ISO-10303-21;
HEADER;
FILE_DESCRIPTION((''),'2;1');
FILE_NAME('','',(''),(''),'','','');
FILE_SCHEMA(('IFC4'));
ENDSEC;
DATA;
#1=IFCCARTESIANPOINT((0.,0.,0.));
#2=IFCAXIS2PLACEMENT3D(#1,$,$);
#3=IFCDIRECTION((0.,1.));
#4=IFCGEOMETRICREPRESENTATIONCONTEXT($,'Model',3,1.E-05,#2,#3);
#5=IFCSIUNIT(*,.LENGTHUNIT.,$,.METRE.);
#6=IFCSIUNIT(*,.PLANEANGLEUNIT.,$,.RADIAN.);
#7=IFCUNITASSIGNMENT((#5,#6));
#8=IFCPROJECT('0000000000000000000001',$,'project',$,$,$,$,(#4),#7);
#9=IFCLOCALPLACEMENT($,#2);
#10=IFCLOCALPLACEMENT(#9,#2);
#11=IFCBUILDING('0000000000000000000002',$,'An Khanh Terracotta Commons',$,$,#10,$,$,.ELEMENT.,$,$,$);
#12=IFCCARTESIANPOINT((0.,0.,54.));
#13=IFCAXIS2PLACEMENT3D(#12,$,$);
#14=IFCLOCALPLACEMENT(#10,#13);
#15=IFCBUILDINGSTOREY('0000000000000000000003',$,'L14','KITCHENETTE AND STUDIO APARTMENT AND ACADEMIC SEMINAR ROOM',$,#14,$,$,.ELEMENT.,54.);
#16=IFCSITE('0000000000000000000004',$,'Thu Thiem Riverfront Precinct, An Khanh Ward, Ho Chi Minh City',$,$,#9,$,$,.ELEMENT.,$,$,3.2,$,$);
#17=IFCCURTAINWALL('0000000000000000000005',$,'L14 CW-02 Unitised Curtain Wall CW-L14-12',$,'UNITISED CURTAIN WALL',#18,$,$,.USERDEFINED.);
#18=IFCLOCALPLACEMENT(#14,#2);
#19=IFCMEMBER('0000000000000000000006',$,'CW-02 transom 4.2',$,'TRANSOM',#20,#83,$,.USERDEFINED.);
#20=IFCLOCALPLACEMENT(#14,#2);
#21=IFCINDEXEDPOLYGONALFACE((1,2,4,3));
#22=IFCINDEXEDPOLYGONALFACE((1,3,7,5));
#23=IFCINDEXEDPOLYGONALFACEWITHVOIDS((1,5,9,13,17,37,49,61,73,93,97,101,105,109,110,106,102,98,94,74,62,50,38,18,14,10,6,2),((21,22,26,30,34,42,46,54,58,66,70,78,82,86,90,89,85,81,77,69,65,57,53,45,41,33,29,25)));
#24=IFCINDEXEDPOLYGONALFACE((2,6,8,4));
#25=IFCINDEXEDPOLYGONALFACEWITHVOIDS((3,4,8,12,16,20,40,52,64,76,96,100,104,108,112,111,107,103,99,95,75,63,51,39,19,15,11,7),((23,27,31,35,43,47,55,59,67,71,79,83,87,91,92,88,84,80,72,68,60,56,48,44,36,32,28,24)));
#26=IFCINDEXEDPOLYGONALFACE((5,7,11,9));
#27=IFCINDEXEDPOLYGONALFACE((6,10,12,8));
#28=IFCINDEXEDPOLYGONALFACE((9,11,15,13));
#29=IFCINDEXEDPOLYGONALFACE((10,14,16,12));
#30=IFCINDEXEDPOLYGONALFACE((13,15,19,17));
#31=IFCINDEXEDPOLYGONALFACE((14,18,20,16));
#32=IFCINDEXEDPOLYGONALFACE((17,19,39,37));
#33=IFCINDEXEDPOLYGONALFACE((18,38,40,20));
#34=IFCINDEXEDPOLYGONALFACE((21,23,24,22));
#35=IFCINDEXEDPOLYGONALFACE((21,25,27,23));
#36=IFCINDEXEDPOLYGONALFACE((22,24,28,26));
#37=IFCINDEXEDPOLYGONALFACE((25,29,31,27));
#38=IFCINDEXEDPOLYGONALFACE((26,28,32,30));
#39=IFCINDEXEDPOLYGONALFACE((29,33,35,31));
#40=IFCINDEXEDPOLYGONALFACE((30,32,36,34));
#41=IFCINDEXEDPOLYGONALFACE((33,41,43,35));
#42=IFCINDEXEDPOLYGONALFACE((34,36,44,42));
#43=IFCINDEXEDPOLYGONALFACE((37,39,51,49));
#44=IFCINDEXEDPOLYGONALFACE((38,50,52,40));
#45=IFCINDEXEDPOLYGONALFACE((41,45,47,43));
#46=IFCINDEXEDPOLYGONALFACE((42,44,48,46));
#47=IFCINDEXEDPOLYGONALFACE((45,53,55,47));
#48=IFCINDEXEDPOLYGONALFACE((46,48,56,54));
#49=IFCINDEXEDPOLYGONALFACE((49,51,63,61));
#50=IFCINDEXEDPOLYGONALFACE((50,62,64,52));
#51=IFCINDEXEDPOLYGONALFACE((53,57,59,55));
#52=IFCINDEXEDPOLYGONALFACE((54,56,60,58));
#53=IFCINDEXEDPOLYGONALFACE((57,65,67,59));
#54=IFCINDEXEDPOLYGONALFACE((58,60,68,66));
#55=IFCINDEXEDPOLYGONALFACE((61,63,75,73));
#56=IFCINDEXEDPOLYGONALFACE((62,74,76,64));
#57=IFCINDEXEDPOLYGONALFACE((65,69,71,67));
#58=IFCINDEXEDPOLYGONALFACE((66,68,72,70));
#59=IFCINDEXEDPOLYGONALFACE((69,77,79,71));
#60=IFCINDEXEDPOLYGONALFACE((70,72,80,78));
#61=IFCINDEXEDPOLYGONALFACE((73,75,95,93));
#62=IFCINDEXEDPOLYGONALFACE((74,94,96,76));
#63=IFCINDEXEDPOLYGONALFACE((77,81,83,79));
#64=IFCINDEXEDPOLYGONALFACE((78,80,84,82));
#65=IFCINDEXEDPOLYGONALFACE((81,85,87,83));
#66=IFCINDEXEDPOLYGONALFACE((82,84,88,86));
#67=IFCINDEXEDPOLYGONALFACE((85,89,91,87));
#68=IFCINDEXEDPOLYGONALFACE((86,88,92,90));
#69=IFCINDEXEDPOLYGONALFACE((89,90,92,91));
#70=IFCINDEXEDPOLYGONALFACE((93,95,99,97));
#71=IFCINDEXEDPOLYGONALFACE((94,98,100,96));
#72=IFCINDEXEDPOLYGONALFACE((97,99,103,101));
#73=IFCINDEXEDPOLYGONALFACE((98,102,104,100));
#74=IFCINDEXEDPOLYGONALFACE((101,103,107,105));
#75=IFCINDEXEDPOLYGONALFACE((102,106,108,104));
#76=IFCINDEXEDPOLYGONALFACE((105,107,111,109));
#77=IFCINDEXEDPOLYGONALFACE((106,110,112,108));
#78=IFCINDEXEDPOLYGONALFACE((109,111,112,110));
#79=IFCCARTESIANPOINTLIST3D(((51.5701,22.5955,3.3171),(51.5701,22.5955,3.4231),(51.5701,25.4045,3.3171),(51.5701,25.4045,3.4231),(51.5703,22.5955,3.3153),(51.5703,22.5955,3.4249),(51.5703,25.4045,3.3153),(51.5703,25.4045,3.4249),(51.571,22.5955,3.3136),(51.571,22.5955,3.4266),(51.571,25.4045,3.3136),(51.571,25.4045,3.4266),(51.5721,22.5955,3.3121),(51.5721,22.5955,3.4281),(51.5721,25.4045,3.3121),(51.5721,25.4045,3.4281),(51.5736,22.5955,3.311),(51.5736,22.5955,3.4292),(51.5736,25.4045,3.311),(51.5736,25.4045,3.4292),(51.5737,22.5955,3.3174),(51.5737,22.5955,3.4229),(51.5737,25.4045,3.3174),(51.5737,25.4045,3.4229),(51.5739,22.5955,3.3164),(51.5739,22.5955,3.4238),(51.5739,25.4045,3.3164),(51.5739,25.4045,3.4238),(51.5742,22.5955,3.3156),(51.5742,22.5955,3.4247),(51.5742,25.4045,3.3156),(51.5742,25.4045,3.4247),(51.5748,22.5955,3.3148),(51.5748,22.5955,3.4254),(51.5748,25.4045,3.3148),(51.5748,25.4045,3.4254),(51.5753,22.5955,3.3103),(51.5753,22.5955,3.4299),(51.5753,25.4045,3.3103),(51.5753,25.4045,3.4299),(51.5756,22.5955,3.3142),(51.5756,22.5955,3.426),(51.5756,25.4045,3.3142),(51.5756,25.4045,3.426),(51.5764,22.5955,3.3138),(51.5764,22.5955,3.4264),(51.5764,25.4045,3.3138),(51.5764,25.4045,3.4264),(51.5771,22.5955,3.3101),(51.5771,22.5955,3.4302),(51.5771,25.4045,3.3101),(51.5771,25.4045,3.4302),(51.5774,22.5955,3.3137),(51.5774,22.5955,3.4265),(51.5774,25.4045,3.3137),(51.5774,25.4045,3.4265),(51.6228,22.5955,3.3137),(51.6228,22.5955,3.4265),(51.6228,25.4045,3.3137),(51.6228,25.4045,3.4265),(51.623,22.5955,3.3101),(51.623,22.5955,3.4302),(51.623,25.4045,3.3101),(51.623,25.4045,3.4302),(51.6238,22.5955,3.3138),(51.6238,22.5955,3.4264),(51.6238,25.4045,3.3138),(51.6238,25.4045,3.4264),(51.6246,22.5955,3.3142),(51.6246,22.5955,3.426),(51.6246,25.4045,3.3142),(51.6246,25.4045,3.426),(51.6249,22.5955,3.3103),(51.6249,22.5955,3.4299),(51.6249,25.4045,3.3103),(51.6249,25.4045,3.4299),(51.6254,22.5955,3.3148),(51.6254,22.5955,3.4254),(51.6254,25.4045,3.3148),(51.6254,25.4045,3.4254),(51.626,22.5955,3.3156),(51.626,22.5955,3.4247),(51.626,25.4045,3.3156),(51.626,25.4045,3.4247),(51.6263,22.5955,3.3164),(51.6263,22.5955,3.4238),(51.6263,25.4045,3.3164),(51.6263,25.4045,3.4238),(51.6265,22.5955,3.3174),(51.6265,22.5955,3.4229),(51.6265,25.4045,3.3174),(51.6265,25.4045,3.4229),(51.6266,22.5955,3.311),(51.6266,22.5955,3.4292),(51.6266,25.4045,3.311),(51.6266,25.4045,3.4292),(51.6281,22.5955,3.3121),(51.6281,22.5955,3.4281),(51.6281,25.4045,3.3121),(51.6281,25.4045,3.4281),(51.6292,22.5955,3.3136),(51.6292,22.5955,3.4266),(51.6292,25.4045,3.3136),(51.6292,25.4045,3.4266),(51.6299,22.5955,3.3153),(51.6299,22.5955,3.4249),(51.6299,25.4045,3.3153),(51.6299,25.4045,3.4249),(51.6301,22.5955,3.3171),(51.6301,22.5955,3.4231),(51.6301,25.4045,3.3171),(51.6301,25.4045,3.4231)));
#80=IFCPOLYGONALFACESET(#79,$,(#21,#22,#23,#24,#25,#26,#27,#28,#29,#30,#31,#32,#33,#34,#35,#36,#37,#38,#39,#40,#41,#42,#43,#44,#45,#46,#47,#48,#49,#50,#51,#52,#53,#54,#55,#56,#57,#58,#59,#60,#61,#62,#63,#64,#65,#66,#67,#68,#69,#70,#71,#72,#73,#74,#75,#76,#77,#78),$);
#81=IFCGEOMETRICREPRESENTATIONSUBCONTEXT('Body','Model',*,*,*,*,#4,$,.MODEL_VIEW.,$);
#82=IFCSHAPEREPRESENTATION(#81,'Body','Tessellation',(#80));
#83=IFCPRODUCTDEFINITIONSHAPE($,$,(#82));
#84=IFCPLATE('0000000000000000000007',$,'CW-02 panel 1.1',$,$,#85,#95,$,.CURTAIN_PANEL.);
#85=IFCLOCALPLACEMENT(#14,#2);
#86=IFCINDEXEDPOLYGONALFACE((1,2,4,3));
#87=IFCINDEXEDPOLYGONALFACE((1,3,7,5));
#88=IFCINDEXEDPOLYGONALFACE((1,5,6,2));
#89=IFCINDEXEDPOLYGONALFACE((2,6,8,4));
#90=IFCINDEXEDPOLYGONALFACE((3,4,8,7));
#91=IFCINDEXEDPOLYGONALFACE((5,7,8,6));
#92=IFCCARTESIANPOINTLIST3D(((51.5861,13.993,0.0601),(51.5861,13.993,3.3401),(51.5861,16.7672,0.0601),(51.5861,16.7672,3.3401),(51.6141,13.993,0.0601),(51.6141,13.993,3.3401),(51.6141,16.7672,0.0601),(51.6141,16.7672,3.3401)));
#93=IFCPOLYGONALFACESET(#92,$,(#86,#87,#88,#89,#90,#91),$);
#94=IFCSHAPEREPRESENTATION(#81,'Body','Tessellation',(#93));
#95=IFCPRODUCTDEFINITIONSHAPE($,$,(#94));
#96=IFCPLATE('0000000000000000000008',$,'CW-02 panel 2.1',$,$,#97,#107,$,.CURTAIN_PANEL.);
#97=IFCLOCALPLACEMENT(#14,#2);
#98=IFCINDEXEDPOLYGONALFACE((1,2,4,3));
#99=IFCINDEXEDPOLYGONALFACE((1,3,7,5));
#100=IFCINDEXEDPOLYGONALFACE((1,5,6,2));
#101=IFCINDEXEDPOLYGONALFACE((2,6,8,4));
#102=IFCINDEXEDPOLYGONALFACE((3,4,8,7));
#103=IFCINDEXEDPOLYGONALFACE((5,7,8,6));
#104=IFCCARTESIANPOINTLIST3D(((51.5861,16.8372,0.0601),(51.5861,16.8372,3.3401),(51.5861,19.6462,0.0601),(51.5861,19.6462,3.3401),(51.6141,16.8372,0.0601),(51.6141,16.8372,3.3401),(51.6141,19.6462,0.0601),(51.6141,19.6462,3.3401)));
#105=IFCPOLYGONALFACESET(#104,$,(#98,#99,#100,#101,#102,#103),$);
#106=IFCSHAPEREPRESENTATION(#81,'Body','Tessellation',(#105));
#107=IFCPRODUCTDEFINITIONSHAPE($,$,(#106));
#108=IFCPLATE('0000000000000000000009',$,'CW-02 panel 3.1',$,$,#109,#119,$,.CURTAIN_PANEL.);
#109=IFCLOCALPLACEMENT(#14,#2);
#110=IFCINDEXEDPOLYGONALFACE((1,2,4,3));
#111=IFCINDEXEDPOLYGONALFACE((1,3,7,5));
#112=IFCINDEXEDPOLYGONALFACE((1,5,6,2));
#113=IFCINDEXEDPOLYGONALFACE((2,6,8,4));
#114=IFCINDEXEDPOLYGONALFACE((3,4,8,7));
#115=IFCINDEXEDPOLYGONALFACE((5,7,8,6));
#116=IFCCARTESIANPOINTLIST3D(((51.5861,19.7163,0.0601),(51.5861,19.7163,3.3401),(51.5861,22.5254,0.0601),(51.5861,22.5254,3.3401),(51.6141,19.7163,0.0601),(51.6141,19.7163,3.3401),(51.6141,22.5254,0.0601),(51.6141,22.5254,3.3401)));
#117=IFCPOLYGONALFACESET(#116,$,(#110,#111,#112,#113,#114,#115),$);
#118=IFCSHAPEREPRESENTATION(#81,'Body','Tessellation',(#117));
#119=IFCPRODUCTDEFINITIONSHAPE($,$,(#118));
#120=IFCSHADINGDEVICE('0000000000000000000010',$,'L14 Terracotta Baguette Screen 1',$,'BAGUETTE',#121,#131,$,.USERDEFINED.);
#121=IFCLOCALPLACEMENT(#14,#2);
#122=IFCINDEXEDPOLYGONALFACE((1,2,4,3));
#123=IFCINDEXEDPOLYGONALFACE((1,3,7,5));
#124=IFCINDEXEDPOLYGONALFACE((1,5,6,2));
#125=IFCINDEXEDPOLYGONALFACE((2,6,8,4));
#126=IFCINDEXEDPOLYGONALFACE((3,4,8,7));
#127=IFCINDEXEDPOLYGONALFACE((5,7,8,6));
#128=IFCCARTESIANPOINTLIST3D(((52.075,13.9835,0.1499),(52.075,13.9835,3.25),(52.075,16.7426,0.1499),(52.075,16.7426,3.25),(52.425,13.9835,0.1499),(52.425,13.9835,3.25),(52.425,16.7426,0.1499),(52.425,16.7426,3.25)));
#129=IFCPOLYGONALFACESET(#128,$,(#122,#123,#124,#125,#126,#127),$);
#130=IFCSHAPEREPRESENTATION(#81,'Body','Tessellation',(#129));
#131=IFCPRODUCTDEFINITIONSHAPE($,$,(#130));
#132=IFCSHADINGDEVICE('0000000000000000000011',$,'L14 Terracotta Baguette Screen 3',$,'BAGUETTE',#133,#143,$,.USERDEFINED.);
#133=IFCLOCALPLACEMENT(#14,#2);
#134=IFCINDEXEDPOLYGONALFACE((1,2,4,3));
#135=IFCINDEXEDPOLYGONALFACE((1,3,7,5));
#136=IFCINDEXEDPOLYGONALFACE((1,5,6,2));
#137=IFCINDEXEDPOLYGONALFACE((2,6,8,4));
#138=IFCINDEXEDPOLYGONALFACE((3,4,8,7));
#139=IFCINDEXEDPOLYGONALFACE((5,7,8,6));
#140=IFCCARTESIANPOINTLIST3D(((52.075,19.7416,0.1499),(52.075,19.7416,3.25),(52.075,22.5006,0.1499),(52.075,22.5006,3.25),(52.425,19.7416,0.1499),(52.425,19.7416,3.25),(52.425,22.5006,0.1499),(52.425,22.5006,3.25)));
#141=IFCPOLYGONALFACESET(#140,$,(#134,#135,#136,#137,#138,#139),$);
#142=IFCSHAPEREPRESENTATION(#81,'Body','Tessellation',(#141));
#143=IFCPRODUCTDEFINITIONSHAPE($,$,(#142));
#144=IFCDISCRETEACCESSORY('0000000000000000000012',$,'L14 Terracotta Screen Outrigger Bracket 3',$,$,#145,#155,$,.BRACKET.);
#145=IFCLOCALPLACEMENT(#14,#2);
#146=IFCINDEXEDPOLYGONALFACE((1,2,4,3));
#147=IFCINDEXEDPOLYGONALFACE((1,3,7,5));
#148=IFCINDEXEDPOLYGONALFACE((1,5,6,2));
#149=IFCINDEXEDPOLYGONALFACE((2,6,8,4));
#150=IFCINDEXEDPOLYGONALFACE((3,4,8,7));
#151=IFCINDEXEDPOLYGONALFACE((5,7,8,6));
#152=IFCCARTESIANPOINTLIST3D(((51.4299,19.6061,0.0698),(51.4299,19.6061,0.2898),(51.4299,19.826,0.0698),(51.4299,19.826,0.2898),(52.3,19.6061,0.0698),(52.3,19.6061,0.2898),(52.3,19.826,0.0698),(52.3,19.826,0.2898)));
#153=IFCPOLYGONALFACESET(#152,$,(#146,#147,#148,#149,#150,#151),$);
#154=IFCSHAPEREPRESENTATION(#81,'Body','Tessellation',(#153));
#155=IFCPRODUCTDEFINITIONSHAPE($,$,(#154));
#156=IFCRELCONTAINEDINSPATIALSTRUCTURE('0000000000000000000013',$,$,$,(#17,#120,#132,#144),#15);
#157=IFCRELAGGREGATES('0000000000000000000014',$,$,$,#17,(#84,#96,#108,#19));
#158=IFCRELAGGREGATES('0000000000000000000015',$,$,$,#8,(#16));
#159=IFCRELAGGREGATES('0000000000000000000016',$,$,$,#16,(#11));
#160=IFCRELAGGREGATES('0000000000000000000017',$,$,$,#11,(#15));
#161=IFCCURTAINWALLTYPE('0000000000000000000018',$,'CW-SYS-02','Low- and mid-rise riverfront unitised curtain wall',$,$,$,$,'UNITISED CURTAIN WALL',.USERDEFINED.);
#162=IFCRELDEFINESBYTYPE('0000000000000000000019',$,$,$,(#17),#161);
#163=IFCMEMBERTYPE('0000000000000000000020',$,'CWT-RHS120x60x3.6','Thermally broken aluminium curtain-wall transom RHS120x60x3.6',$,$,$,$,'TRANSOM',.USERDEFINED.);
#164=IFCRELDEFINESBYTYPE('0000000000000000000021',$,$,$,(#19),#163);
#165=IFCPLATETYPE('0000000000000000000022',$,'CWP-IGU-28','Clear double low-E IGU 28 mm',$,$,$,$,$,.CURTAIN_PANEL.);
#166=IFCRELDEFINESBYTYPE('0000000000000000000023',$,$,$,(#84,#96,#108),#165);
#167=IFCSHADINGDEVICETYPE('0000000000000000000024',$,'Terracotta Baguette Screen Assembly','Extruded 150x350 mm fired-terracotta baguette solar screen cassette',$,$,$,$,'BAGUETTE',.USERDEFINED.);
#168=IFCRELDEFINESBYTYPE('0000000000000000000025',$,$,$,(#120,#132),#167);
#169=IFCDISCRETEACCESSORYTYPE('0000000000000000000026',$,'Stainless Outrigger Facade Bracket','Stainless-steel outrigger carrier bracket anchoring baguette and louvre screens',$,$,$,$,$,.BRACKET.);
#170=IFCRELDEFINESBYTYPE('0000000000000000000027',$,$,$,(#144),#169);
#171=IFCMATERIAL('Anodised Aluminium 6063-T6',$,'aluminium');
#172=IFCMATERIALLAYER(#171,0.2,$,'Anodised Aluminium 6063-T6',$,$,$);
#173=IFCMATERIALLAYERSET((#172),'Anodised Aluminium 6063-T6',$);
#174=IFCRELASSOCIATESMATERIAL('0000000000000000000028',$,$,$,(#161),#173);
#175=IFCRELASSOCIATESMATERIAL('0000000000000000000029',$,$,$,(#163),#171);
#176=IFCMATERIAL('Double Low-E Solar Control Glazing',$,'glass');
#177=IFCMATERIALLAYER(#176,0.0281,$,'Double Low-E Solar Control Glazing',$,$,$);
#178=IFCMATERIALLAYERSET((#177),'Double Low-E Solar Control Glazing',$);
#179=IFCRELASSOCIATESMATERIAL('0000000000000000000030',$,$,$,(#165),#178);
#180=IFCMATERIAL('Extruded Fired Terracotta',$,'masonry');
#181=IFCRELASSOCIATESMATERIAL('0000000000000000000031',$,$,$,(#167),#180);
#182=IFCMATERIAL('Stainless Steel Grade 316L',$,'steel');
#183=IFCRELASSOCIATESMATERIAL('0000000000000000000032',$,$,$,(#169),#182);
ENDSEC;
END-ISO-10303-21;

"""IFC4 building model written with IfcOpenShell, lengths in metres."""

from ifc_helpers import new_model, si_unit, direction, frame, origin, origin_2d, place, context, subcontext, project, spatial, rectangle, hollow_rectangle, extrude, material, layer, layer_set, material_profile, profile_set, type_object, element, aggregate, save


model = new_model("IFC4")

# Units and contexts
model_context = context("Model", 3, precision=1e-05, world=origin(), true_north=direction((0.0, 1.0)))
body_context = subcontext(model_context, "Body", "Model", "MODEL_VIEW")
ifc_project = project(units=[si_unit("LENGTHUNIT", "METRE"), si_unit("PLANEANGLEUNIT", "RADIAN")], contexts=[model_context])

# Site, building, storey
site_placement = place(None, origin())
site = spatial("IfcSite", under=ifc_project, at=site_placement, Name="Thu Thiem Riverfront Precinct, An Khanh Ward, Ho Chi Minh City", CompositionType="ELEMENT", RefElevation=3.2)
building_placement = place(site_placement, origin())
building = spatial("IfcBuilding", under=site, at=building_placement, Name="An Khanh Terracotta Commons", CompositionType="ELEMENT")
storey_placement = place(building_placement, frame((0.0, 0.0, 54.0)))
storey = spatial("IfcBuildingStorey", under=building, at=storey_placement, Name="L14", Description="KITCHENETTE AND STUDIO APARTMENT AND ACADEMIC SEMINAR ROOM", CompositionType="ELEMENT", Elevation=54.0)

# Curtain wall, member, plates
ifc_material_1 = material(Name="Anodised Aluminium 6063-T6", Category="aluminium")
ifc_layer_1 = layer(ifc_material_1, 0.2, Name="Anodised Aluminium 6063-T6")
ifc_layer_set_1 = layer_set([ifc_layer_1], Name="Anodised Aluminium 6063-T6")
curtain_wall_type = type_object("IfcCurtainWallType", Name="CW-SYS-02", Description="Low- and mid-rise riverfront unitised curtain wall", ElementType="UNITISED CURTAIN WALL", PredefinedType="USERDEFINED", material=ifc_layer_set_1)
curtain_wall_placement = place(storey_placement, origin())
curtain_wall = element("IfcCurtainWall", 1, at=curtain_wall_placement, inside=storey, type_object=curtain_wall_type, Name="L14 CW-02 Unitised Curtain Wall CW-L14-12", ObjectType="UNITISED CURTAIN WALL", PredefinedType="USERDEFINED")
ifc_material_profile_1 = material_profile(ifc_material_1, hollow_rectangle(XDim=0.0601, YDim=0.1201, WallThickness=0.0037, InnerFilletRadius=0.0037, OuterFilletRadius=0.0071, at=origin_2d()), Name="RHS120x60x3.6")
ifc_profile_set_1 = profile_set([ifc_material_profile_1], Name="Anodised Aluminium 6063-T6")
member_type_1 = type_object("IfcMemberType", Name="CWT-RHS120x60x3.6", Description="Thermally broken aluminium curtain-wall transom RHS120x60x3.6", ElementType="TRANSOM", PredefinedType="USERDEFINED", material=ifc_profile_set_1)
member_1_placement = place(storey_placement, frame((51.6001, 22.5955, 3.3701), z_axis=(0.0, 1.0, 0.0), x_axis=(-1.0, 0.0, 0.0)))
member_1 = element("IfcMember", 2, at=member_1_placement, type_object=member_type_1, Name="CW-02 transom 4.2", ObjectType="TRANSOM", PredefinedType="USERDEFINED", context=body_context, shape_type="SweptSolid", body=[
    extrude(hollow_rectangle(XDim=0.0601, YDim=0.1201, WallThickness=0.0037, InnerFilletRadius=0.0037, OuterFilletRadius=0.0071, at=origin_2d()), origin(), (0.0, 0.0, 1.0), 2.8091),
])
ifc_material_2 = material(Name="Double Low-E Solar Control Glazing", Category="glass")
ifc_layer_2 = layer(ifc_material_2, 0.0281, Name="Double Low-E Solar Control Glazing")
ifc_layer_set_2 = layer_set([ifc_layer_2], Name="Double Low-E Solar Control Glazing")
plate_type = type_object("IfcPlateType", Name="CWP-IGU-28", Description="Clear double low-E IGU 28 mm", PredefinedType="CURTAIN_PANEL", material=ifc_layer_set_2)
plate_1_placement = place(storey_placement, frame((51.6001, 15.3801, 0.0601), z_axis=(0.0, 0.0, 1.0), x_axis=(0.0, 1.0, 0.0)))
plate_1 = element("IfcPlate", 3, at=plate_1_placement, type_object=plate_type, Name="CW-02 panel 1.1", PredefinedType="CURTAIN_PANEL", context=body_context, shape_type="SweptSolid", body=[
    extrude(rectangle(XDim=2.7742, YDim=0.0281, at=origin_2d()), origin(), (0.0, 0.0, 1.0), 3.28),
])
plate_2_placement = place(storey_placement, frame((51.6001, 18.2417, 0.0601), z_axis=(0.0, 0.0, 1.0), x_axis=(0.0, 1.0, 0.0)))
plate_2 = element("IfcPlate", 4, at=plate_2_placement, type_object=plate_type, Name="CW-02 panel 2.1", PredefinedType="CURTAIN_PANEL", context=body_context, shape_type="SweptSolid", body=[
    extrude(rectangle(XDim=2.8091, YDim=0.0281, at=origin_2d()), origin(), (0.0, 0.0, 1.0), 3.28),
])
plate_3_placement = place(storey_placement, frame((51.6001, 21.1208, 0.0601), z_axis=(0.0, 0.0, 1.0), x_axis=(0.0, 1.0, 0.0)))
plate_3 = element("IfcPlate", 5, at=plate_3_placement, type_object=plate_type, Name="CW-02 panel 3.1", PredefinedType="CURTAIN_PANEL", context=body_context, shape_type="SweptSolid", body=[
    extrude(rectangle(XDim=2.8091, YDim=0.0281, at=origin_2d()), origin(), (0.0, 0.0, 1.0), 3.28),
])
aggregate(curtain_wall, [plate_1, plate_2, plate_3, member_1])

# Shading devices
ifc_material_3 = material(Name="Extruded Fired Terracotta", Category="masonry")
shading_device_type = type_object("IfcShadingDeviceType", Name="Terracotta Baguette Screen Assembly", Description="Extruded 150x350 mm fired-terracotta baguette solar screen cassette", ElementType="BAGUETTE", PredefinedType="USERDEFINED", material=ifc_material_3)
for number, where, z_axis, x_axis, name in (
    (6, (52.25, 15.363, 0.1499), (0.0, 0.0, 1.0), (0.0, 1.0, 0.0), "L14 Terracotta Baguette Screen 1"),
    (7, (52.25, 21.1211, 0.1499), (0.0, 0.0, 1.0), (0.0, 1.0, 0.0), "L14 Terracotta Baguette Screen 3"),
):
    element("IfcShadingDevice", number, at=place(storey_placement, frame(where, z_axis=z_axis, x_axis=x_axis)), inside=storey, type_object=shading_device_type, Name=name, ObjectType="BAGUETTE", PredefinedType="USERDEFINED", context=body_context, shape_type="SweptSolid", body=[
        extrude(rectangle(XDim=2.759, YDim=0.3501, at=origin_2d()), origin(), (0.0, 0.0, 1.0), 3.1001),
    ])

# Discrete accessory
ifc_material_4 = material(Name="Stainless Steel Grade 316L", Category="steel")
discrete_accessory_type = type_object("IfcDiscreteAccessoryType", Name="Stainless Outrigger Facade Bracket", Description="Stainless-steel outrigger carrier bracket anchoring baguette and louvre screens", PredefinedType="BRACKET", material=ifc_material_4)
discrete_accessory_placement = place(storey_placement, frame((51.865, 19.7161, 0.0698), z_axis=(0.0, 0.0, 1.0), x_axis=(0.0, 1.0, 0.0)))
element("IfcDiscreteAccessory", 8, at=discrete_accessory_placement, inside=storey, type_object=discrete_accessory_type, Name="L14 Terracotta Screen Outrigger Bracket 3", PredefinedType="BRACKET", context=body_context, shape_type="SweptSolid", body=[
    extrude(rectangle(XDim=0.22, YDim=0.8701, at=origin_2d()), origin(), (0.0, 0.0, 1.0), 0.22),
])

save(model, "model.ifc")
